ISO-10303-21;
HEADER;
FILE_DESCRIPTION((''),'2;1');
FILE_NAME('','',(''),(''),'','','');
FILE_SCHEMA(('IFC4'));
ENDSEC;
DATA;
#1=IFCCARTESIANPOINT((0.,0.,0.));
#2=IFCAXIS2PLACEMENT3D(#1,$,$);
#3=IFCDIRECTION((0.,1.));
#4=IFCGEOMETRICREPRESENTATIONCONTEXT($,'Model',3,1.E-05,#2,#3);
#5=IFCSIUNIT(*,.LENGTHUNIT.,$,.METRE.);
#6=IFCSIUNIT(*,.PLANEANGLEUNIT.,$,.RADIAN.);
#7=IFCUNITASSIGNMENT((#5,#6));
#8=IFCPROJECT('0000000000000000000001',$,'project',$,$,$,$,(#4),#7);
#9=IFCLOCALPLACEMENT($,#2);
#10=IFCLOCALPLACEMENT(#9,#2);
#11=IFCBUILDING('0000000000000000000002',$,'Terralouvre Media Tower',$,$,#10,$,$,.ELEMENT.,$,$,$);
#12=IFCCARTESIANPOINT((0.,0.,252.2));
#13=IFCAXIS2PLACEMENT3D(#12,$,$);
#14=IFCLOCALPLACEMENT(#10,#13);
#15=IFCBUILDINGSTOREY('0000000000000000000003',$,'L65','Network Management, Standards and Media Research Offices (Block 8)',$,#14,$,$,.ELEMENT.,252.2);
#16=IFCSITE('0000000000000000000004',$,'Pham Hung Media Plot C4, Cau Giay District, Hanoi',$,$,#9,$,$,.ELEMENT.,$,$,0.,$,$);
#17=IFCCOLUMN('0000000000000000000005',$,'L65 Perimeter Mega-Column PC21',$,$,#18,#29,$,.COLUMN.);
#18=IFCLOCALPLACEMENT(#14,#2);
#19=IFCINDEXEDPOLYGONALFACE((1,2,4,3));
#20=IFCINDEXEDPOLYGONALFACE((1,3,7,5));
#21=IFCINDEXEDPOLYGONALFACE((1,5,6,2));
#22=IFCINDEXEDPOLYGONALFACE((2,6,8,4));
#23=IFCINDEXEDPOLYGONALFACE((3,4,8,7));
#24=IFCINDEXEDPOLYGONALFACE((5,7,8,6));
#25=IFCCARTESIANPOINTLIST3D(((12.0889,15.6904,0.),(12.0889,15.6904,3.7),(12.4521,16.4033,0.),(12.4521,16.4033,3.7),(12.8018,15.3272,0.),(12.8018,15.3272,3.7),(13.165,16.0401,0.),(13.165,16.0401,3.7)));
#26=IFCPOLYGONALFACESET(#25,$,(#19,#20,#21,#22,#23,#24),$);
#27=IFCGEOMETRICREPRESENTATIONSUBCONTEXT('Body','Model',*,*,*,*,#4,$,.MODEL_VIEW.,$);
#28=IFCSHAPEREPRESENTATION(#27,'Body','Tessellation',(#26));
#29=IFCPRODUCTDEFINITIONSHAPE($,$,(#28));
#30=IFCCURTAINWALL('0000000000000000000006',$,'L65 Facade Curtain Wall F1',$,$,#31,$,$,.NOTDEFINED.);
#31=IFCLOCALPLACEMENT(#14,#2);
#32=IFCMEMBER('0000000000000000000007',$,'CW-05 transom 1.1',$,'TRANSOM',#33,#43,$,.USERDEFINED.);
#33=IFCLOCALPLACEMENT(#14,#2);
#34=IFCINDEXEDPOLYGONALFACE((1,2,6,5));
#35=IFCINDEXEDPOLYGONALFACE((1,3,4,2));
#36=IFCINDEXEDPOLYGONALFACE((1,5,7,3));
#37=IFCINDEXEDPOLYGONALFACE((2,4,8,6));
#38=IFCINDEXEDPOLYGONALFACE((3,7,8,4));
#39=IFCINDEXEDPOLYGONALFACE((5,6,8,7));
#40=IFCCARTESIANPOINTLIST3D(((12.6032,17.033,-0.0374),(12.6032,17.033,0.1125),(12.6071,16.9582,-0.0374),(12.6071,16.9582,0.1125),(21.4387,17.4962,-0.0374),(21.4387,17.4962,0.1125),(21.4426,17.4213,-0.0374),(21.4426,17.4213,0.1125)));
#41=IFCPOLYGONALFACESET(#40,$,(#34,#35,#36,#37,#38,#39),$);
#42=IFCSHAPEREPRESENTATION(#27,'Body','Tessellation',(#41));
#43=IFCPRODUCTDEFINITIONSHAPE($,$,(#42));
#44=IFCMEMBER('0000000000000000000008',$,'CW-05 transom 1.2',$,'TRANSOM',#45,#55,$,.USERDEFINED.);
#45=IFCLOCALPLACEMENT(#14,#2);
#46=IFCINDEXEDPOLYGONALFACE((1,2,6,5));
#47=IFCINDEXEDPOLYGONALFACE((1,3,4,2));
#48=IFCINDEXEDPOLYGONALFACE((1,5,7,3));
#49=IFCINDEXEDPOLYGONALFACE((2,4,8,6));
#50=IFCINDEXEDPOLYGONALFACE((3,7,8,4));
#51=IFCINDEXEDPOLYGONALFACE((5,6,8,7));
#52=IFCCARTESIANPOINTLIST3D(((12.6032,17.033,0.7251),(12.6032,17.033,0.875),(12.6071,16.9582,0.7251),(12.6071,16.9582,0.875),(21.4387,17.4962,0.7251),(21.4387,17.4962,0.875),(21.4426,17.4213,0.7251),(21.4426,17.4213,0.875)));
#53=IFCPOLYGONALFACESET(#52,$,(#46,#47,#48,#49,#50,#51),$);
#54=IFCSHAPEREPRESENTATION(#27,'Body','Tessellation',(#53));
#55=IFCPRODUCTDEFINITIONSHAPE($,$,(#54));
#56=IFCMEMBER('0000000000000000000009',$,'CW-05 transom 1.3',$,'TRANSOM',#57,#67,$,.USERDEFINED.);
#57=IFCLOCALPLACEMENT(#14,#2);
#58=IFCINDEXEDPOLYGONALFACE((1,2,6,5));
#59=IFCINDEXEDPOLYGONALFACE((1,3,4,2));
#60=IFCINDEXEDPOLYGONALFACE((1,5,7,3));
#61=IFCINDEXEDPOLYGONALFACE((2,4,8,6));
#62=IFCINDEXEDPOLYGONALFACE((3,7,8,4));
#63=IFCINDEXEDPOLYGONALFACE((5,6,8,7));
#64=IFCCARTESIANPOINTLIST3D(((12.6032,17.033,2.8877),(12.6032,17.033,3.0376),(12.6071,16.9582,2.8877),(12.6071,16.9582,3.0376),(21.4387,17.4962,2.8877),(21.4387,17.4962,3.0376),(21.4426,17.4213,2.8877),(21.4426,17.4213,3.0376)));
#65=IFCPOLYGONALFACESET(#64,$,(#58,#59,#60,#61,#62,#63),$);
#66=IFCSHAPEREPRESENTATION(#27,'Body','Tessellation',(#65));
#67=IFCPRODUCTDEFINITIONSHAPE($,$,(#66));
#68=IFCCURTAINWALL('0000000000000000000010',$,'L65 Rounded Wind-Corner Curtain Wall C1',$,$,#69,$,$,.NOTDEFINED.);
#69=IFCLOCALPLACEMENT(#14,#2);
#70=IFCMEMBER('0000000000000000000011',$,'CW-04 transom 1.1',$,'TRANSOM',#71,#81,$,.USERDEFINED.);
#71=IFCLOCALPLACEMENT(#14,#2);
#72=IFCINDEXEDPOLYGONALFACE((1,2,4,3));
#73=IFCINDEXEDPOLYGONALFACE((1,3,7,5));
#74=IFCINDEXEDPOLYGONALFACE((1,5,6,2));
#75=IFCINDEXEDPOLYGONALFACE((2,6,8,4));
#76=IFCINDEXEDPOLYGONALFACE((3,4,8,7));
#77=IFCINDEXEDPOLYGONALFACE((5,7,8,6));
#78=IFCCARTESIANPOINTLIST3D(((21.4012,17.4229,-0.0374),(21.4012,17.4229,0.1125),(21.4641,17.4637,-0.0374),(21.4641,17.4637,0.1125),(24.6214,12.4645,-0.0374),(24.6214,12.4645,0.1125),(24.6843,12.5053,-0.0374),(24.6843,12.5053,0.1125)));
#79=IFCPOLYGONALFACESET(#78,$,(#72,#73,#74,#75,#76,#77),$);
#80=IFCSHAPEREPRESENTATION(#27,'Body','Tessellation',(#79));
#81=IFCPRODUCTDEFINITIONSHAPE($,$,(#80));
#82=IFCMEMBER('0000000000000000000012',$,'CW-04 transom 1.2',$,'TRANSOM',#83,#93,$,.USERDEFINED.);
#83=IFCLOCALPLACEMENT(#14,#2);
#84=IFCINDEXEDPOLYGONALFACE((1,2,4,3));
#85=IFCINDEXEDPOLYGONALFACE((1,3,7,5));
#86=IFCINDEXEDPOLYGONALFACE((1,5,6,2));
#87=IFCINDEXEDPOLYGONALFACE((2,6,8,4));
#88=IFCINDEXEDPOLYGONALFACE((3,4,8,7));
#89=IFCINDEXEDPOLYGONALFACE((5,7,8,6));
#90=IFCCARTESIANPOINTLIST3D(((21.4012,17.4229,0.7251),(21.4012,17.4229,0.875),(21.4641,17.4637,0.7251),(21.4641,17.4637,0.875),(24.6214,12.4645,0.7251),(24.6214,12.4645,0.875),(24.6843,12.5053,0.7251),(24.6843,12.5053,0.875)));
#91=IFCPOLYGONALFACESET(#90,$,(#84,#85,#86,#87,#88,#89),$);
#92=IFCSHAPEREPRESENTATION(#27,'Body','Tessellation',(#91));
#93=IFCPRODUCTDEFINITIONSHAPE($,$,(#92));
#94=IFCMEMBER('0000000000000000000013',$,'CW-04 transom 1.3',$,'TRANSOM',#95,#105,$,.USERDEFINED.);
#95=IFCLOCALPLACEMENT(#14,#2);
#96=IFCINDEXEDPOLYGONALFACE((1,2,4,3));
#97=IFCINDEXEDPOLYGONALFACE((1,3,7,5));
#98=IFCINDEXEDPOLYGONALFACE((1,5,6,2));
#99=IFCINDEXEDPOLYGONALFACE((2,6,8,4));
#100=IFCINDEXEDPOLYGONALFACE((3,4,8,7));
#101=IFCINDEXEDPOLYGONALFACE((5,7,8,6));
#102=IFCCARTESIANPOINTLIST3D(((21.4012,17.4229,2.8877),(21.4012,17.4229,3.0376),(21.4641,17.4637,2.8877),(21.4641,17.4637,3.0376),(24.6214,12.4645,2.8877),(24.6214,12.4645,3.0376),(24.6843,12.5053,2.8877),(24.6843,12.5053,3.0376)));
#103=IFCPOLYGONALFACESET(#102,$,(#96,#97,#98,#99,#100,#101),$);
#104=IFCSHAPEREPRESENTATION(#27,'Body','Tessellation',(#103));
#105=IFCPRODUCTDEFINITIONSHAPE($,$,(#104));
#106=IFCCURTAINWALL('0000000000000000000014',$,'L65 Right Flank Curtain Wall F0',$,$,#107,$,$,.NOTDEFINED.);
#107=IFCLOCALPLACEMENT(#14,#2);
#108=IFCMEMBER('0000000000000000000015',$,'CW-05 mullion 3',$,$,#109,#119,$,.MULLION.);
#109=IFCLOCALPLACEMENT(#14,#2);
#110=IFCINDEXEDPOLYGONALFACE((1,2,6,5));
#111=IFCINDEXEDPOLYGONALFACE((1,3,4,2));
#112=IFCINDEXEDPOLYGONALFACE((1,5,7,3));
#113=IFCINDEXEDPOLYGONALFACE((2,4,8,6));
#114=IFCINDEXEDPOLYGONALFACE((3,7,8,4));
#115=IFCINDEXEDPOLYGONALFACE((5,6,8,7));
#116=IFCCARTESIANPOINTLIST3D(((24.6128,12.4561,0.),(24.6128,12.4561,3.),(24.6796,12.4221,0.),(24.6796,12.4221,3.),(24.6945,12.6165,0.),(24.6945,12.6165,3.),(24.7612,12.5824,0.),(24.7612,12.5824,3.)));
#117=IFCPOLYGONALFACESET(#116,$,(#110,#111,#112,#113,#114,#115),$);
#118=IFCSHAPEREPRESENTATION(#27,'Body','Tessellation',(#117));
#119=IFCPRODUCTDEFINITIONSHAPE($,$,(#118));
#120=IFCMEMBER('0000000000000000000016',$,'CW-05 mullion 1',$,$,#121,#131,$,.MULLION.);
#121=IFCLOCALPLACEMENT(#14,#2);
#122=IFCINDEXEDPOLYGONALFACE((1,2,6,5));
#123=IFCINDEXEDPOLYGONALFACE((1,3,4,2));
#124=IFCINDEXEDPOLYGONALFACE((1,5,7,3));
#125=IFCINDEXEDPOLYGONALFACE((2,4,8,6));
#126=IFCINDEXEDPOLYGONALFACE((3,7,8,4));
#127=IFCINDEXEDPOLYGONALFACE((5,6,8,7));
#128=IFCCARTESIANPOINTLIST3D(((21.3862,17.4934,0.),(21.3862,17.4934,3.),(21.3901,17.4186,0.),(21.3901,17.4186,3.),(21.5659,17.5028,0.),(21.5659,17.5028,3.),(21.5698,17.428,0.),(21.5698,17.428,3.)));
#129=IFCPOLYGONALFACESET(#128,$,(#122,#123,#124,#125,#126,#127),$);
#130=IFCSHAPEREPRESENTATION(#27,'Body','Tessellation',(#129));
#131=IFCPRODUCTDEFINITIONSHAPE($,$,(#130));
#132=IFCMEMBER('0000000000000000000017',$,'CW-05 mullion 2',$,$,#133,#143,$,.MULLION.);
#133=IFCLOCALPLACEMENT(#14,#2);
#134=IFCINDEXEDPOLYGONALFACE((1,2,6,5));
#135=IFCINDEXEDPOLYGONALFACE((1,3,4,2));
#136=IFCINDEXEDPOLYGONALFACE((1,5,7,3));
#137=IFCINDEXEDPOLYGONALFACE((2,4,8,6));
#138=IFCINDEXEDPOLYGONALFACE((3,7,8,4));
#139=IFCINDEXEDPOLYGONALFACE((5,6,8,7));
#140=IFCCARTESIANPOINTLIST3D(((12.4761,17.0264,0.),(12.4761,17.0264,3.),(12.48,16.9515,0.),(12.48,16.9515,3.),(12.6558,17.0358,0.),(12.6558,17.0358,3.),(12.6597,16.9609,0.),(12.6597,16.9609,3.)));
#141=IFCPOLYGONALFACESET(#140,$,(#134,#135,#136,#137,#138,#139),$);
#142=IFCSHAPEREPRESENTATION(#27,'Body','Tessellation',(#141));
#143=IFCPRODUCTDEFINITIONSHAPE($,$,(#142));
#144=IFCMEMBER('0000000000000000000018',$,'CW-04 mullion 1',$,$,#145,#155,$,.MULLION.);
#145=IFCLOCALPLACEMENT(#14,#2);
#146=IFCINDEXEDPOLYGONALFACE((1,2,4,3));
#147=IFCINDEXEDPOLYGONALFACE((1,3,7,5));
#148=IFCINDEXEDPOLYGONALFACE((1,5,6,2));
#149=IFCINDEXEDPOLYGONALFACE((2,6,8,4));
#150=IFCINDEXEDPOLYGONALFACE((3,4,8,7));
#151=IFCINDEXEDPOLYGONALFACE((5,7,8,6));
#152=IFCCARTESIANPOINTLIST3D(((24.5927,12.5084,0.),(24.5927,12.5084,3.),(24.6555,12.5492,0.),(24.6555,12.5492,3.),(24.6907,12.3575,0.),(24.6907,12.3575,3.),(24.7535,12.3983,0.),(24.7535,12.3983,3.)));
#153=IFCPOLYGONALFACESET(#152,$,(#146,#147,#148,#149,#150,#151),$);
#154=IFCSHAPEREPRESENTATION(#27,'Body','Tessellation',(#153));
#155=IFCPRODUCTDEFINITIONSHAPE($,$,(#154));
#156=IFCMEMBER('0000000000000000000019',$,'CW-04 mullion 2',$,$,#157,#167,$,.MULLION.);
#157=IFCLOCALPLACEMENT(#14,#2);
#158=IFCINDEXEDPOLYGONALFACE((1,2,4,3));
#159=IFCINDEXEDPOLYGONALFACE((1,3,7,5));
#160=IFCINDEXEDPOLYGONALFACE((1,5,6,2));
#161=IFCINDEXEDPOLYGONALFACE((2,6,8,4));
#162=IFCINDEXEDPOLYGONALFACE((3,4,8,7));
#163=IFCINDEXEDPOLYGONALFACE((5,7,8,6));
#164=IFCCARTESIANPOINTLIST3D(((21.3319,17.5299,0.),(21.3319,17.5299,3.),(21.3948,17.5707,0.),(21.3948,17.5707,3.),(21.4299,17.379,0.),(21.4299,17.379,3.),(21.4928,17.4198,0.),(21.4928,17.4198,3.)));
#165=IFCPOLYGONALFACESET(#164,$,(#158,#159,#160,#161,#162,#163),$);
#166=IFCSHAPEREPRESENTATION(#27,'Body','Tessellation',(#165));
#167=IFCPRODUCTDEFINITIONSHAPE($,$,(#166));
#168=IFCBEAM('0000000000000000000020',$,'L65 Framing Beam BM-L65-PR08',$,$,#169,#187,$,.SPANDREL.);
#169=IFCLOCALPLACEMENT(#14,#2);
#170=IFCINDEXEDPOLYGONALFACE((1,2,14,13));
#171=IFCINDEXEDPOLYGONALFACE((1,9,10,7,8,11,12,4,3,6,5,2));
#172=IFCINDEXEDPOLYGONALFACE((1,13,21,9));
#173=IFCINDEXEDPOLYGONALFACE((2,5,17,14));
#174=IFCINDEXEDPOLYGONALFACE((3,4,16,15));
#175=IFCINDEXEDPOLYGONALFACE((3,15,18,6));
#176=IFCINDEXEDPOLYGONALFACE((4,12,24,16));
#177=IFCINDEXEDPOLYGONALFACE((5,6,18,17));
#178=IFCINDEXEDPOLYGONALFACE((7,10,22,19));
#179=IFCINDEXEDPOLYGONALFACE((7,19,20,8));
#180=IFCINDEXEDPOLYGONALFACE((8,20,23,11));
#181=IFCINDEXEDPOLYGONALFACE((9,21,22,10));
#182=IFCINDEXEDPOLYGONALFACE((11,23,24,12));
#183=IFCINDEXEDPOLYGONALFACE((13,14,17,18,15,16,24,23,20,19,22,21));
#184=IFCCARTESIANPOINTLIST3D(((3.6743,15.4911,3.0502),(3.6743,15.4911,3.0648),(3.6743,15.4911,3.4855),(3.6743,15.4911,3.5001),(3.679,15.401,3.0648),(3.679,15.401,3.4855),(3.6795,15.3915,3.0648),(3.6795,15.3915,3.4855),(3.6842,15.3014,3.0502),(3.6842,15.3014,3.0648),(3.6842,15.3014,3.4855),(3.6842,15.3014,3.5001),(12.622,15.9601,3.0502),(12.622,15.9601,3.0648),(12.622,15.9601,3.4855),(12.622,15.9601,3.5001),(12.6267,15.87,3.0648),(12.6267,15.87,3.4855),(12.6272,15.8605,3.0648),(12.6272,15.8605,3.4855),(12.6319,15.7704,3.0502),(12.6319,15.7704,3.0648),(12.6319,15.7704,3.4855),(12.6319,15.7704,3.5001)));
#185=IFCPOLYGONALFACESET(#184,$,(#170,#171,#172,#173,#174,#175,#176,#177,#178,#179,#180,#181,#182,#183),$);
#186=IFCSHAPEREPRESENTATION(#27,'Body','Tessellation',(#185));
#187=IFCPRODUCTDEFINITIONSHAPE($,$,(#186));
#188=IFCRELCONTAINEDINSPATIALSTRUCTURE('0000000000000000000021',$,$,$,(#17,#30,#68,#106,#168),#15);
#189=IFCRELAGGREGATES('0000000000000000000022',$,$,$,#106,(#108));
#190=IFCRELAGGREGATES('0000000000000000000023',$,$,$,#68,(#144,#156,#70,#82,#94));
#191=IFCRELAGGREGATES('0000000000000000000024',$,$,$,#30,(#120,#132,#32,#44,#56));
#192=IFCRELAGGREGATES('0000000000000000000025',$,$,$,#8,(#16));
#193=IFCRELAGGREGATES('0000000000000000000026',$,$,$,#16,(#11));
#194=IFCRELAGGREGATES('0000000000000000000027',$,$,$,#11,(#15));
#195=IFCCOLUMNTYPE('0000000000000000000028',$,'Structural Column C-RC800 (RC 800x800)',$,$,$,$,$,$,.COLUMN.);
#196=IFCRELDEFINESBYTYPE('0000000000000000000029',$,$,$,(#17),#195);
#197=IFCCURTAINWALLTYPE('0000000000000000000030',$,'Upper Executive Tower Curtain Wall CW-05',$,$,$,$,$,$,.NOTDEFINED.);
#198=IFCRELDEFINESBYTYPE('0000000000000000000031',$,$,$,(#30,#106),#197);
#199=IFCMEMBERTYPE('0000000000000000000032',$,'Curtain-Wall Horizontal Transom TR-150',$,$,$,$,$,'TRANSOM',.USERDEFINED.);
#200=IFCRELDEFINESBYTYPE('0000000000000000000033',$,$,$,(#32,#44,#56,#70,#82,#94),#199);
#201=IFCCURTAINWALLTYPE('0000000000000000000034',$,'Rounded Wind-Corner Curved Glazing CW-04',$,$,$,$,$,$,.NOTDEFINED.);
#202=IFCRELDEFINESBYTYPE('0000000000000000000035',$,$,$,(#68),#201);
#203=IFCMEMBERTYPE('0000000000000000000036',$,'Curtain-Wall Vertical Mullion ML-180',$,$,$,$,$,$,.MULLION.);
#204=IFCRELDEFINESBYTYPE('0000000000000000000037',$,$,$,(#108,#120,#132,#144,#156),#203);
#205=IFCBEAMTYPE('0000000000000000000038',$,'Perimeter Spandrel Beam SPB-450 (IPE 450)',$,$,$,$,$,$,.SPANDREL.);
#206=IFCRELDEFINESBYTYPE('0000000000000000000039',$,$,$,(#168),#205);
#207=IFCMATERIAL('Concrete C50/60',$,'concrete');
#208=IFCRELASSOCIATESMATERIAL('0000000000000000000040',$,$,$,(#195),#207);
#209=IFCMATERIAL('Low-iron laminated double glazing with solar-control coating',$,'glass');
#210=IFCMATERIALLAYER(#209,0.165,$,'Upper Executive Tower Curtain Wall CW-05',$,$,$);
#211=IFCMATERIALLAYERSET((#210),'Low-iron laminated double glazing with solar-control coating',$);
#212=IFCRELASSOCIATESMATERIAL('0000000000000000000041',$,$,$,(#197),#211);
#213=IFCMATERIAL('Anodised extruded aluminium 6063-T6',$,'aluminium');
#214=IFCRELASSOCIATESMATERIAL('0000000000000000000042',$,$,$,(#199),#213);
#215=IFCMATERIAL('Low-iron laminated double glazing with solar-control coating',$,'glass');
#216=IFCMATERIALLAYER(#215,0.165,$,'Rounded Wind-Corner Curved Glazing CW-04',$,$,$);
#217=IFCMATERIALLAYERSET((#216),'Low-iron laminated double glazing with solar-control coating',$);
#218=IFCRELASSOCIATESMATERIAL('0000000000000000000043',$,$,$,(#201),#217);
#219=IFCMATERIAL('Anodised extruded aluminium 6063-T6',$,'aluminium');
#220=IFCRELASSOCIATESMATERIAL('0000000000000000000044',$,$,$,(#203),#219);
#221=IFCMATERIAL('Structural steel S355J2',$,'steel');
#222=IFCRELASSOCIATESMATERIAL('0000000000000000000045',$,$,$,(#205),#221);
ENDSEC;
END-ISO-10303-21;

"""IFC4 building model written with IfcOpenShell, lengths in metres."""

from ifc_helpers import new_model, si_unit, direction, frame, origin, origin_2d, place, context, subcontext, project, spatial, rectangle, i_section, extrude, material, layer, layer_set, material_profile, profile_set, type_object, element, aggregate, save


model = new_model("IFC4")

# Units and contexts
model_context = context("Model", 3, precision=1e-05, world=origin(), true_north=direction((0.0, 1.0)))
body_context = subcontext(model_context, "Body", "Model", "MODEL_VIEW")
ifc_project = project(units=[si_unit("LENGTHUNIT", "METRE"), si_unit("PLANEANGLEUNIT", "RADIAN")], contexts=[model_context])

# Site, building, storey
site_placement = place(None, origin())
site = spatial("IfcSite", under=ifc_project, at=site_placement, Name="Pham Hung Media Plot C4, Cau Giay District, Hanoi", CompositionType="ELEMENT", RefElevation=0.0)
building_placement = place(site_placement, origin())
building = spatial("IfcBuilding", under=site, at=building_placement, Name="Terralouvre Media Tower", CompositionType="ELEMENT")
storey_placement = place(building_placement, frame((0.0, 0.0, 252.2)))
storey = spatial("IfcBuildingStorey", under=building, at=storey_placement, Name="L65", Description="Network Management, Standards and Media Research Offices (Block 8)", CompositionType="ELEMENT", Elevation=252.2)

# Column
ifc_material_1 = material(Name="Concrete C50/60", Category="concrete")
ifc_material_profile_1 = material_profile(ifc_material_1, rectangle(XDim=0.8, YDim=0.8, at=origin_2d()), Name="RC 800x800")
ifc_profile_set_1 = profile_set([ifc_material_profile_1], Name="Concrete C50/60")
column_type = type_object("IfcColumnType", Name="Structural Column C-RC800 (RC 800x800)", PredefinedType="COLUMN", material=ifc_profile_set_1)
column_placement = place(storey_placement, frame((12.627, 15.8652, 0.0), z_axis=(0.0, 0.0, 1.0), x_axis=(0.45399, 0.891007, 0.0)))
element("IfcColumn", 1, at=column_placement, inside=storey, type_object=column_type, Name="L65 Perimeter Mega-Column PC21", PredefinedType="COLUMN", context=body_context, shape_type="SweptSolid", body=[
    extrude(rectangle(XDim=0.8, YDim=0.8, at=origin_2d()), origin(), (0.0, 0.0, 1.0), 3.7),
])

# Curtain walls, members
ifc_material_2 = material(Name="Low-iron laminated double glazing with solar-control coating", Category="glass")
ifc_layer_1 = layer(ifc_material_2, 0.165, Name="Upper Executive Tower Curtain Wall CW-05")
ifc_layer_set_1 = layer_set([ifc_layer_1], Name="Low-iron laminated double glazing with solar-control coating")
curtain_wall_type_1 = type_object("IfcCurtainWallType", Name="Upper Executive Tower Curtain Wall CW-05", PredefinedType="NOTDEFINED", material=ifc_layer_set_1)
curtain_wall_1_placement = place(storey_placement, origin())
curtain_wall_1 = element("IfcCurtainWall", 2, at=curtain_wall_1_placement, inside=storey, type_object=curtain_wall_type_1, Name="L65 Facade Curtain Wall F1", PredefinedType="NOTDEFINED")
ifc_material_3 = material(Name="Anodised extruded aluminium 6063-T6", Category="aluminium")
ifc_material_profile_2 = material_profile(ifc_material_3, rectangle(XDim=0.075, YDim=0.1499, at=origin_2d()), Name="ALU 75x150")
ifc_profile_set_2 = profile_set([ifc_material_profile_2], Name="Anodised extruded aluminium 6063-T6")
member_type_1 = type_object("IfcMemberType", Name="Curtain-Wall Horizontal Transom TR-150", ElementType="TRANSOM", PredefinedType="USERDEFINED", material=ifc_profile_set_2)
member_1_placement = place(storey_placement, frame((21.4407, 17.4587, 0.0376), z_axis=(-0.998629, -0.052346, 0.0), x_axis=(0.052346, -0.998629, 0.0)))
member_1 = element("IfcMember", 3, at=member_1_placement, type_object=member_type_1, Name="CW-05 transom 1.1", ObjectType="TRANSOM", PredefinedType="USERDEFINED", context=body_context, shape_type="SweptSolid", body=[
    extrude(rectangle(XDim=0.075, YDim=0.1499, at=origin_2d()), origin(), (0.0, 0.0, 1.0), 8.8477),
])
member_2_placement = place(storey_placement, frame((21.4407, 17.4587, 0.8), z_axis=(-0.998629, -0.052346, 0.0), x_axis=(0.052346, -0.998629, 0.0)))
member_2 = element("IfcMember", 4, at=member_2_placement, type_object=member_type_1, Name="CW-05 transom 1.2", ObjectType="TRANSOM", PredefinedType="USERDEFINED", context=body_context, shape_type="SweptSolid", body=[
    extrude(rectangle(XDim=0.075, YDim=0.1499, at=origin_2d()), origin(), (0.0, 0.0, 1.0), 8.8477),
])
member_3_placement = place(storey_placement, frame((21.4407, 17.4587, 2.9626), z_axis=(-0.998629, -0.052346, 0.0), x_axis=(0.052346, -0.998629, 0.0)))
member_3 = element("IfcMember", 5, at=member_3_placement, type_object=member_type_1, Name="CW-05 transom 1.3", ObjectType="TRANSOM", PredefinedType="USERDEFINED", context=body_context, shape_type="SweptSolid", body=[
    extrude(rectangle(XDim=0.075, YDim=0.1499, at=origin_2d()), origin(), (0.0, 0.0, 1.0), 8.8477),
])
ifc_material_4 = material(Name="Low-iron laminated double glazing with solar-control coating", Category="glass")
ifc_layer_2 = layer(ifc_material_4, 0.165, Name="Rounded Wind-Corner Curved Glazing CW-04")
ifc_layer_set_2 = layer_set([ifc_layer_2], Name="Low-iron laminated double glazing with solar-control coating")
curtain_wall_type_2 = type_object("IfcCurtainWallType", Name="Rounded Wind-Corner Curved Glazing CW-04", PredefinedType="NOTDEFINED", material=ifc_layer_set_2)
curtain_wall_2_placement = place(storey_placement, origin())
curtain_wall_2 = element("IfcCurtainWall", 6, at=curtain_wall_2_placement, inside=storey, type_object=curtain_wall_type_2, Name="L65 Rounded Wind-Corner Curtain Wall C1", PredefinedType="NOTDEFINED")
member_4_placement = place(storey_placement, frame((24.6528, 12.4849, 0.0376), z_axis=(-0.544654, 0.838661, 0.0), x_axis=(-0.838661, -0.544654, 0.0)))
member_4 = element("IfcMember", 7, at=member_4_placement, type_object=member_type_1, Name="CW-04 transom 1.1", ObjectType="TRANSOM", PredefinedType="USERDEFINED", context=body_context, shape_type="SweptSolid", body=[
    extrude(rectangle(XDim=0.075, YDim=0.1499, at=origin_2d()), origin(), (0.0, 0.0, 1.0), 5.9124),
])
member_5_placement = place(storey_placement, frame((24.6528, 12.4849, 0.8), z_axis=(-0.544654, 0.838661, 0.0), x_axis=(-0.838661, -0.544654, 0.0)))
member_5 = element("IfcMember", 8, at=member_5_placement, type_object=member_type_1, Name="CW-04 transom 1.2", ObjectType="TRANSOM", PredefinedType="USERDEFINED", context=body_context, shape_type="SweptSolid", body=[
    extrude(rectangle(XDim=0.075, YDim=0.1499, at=origin_2d()), origin(), (0.0, 0.0, 1.0), 5.9124),
])
member_6_placement = place(storey_placement, frame((24.6528, 12.4849, 2.9626), z_axis=(-0.544654, 0.838661, 0.0), x_axis=(-0.838661, -0.544654, 0.0)))
member_6 = element("IfcMember", 9, at=member_6_placement, type_object=member_type_1, Name="CW-04 transom 1.3", ObjectType="TRANSOM", PredefinedType="USERDEFINED", context=body_context, shape_type="SweptSolid", body=[
    extrude(rectangle(XDim=0.075, YDim=0.1499, at=origin_2d()), origin(), (0.0, 0.0, 1.0), 5.9124),
])

# Curtain wall, member
curtain_wall_3_placement = place(storey_placement, origin())
curtain_wall_3 = element("IfcCurtainWall", 10, at=curtain_wall_3_placement, inside=storey, type_object=curtain_wall_type_1, Name="L65 Right Flank Curtain Wall F0", PredefinedType="NOTDEFINED")
ifc_material_5 = material(Name="Anodised extruded aluminium 6063-T6", Category="aluminium")
ifc_material_profile_3 = material_profile(ifc_material_5, rectangle(XDim=0.075, YDim=0.1799, at=origin_2d()), Name="ALU 75x180")
ifc_profile_set_3 = profile_set([ifc_material_profile_3], Name="Anodised extruded aluminium 6063-T6")
member_type_2 = type_object("IfcMemberType", Name="Curtain-Wall Vertical Mullion ML-180", PredefinedType="MULLION", material=ifc_profile_set_3)
member_7_placement = place(storey_placement, frame((24.687, 12.5193, 0.0), z_axis=(0.0, 0.0, 1.0), x_axis=(-0.891006, 0.453991, 0.0)))
member_7 = element("IfcMember", 11, at=member_7_placement, type_object=member_type_2, Name="CW-05 mullion 3", PredefinedType="MULLION", context=body_context, shape_type="SweptSolid", body=[
    extrude(rectangle(XDim=0.075, YDim=0.1799, at=origin_2d()), origin(), (0.0, 0.0, 1.0), 3.0),
])
aggregate(curtain_wall_3, [member_7])

# Members
member_8_placement = place(storey_placement, frame((21.478, 17.4607, 0.0), z_axis=(0.0, 0.0, 1.0), x_axis=(0.052336, -0.99863, 0.0)))
member_8 = element("IfcMember", 12, at=member_8_placement, type_object=member_type_2, Name="CW-05 mullion 1", PredefinedType="MULLION", context=body_context, shape_type="SweptSolid", body=[
    extrude(rectangle(XDim=0.075, YDim=0.1799, at=origin_2d()), origin(), (0.0, 0.0, 1.0), 3.0),
])
member_9_placement = place(storey_placement, frame((12.5679, 16.9937, 0.0), z_axis=(0.0, 0.0, 1.0), x_axis=(0.052336, -0.99863, 0.0)))
member_9 = element("IfcMember", 13, at=member_9_placement, type_object=member_type_2, Name="CW-05 mullion 2", PredefinedType="MULLION", context=body_context, shape_type="SweptSolid", body=[
    extrude(rectangle(XDim=0.075, YDim=0.1799, at=origin_2d()), origin(), (0.0, 0.0, 1.0), 3.0),
])
member_10_placement = place(storey_placement, frame((24.6731, 12.4534, 0.0), z_axis=(0.0, 0.0, 1.0), x_axis=(-0.83867, -0.544639, 0.0)))
member_10 = element("IfcMember", 14, at=member_10_placement, type_object=member_type_2, Name="CW-04 mullion 1", PredefinedType="MULLION", context=body_context, shape_type="SweptSolid", body=[
    extrude(rectangle(XDim=0.075, YDim=0.1799, at=origin_2d()), origin(), (0.0, 0.0, 1.0), 3.0),
])
member_11_placement = place(storey_placement, frame((21.4124, 17.4749, 0.0), z_axis=(0.0, 0.0, 1.0), x_axis=(-0.83867, -0.544639, 0.0)))
member_11 = element("IfcMember", 15, at=member_11_placement, type_object=member_type_2, Name="CW-04 mullion 2", PredefinedType="MULLION", context=body_context, shape_type="SweptSolid", body=[
    extrude(rectangle(XDim=0.075, YDim=0.1799, at=origin_2d()), origin(), (0.0, 0.0, 1.0), 3.0),
])

# Beam
ifc_material_6 = material(Name="Structural steel S355J2", Category="steel")
ifc_material_profile_4 = material_profile(ifc_material_6, i_section(OverallWidth=0.1899, OverallDepth=0.45, WebThickness=0.0095, FlangeThickness=0.0146, at=origin_2d()), Name="IPE 450")
ifc_profile_set_4 = profile_set([ifc_material_profile_4], Name="Structural steel S355J2")
beam_type = type_object("IfcBeamType", Name="Perimeter Spandrel Beam SPB-450 (IPE 450)", PredefinedType="SPANDREL", material=ifc_profile_set_4)
beam_placement = place(storey_placement, frame((12.627, 15.8652, 3.2751), z_axis=(-0.998629, -0.052343, 0.0), x_axis=(0.052343, -0.998629, 0.0)))
element("IfcBeam", 16, at=beam_placement, inside=storey, type_object=beam_type, Name="L65 Framing Beam BM-L65-PR08", PredefinedType="SPANDREL", context=body_context, shape_type="SweptSolid", body=[
    extrude(i_section(OverallWidth=0.1899, OverallDepth=0.45, WebThickness=0.0095, FlangeThickness=0.0146, at=origin_2d()), origin(), (0.0, 0.0, 1.0), 8.96),
])

aggregate(curtain_wall_2, [member_10, member_11, member_4, member_5, member_6])
aggregate(curtain_wall_1, [member_8, member_9, member_1, member_2, member_3])

save(model, "model.ifc")
